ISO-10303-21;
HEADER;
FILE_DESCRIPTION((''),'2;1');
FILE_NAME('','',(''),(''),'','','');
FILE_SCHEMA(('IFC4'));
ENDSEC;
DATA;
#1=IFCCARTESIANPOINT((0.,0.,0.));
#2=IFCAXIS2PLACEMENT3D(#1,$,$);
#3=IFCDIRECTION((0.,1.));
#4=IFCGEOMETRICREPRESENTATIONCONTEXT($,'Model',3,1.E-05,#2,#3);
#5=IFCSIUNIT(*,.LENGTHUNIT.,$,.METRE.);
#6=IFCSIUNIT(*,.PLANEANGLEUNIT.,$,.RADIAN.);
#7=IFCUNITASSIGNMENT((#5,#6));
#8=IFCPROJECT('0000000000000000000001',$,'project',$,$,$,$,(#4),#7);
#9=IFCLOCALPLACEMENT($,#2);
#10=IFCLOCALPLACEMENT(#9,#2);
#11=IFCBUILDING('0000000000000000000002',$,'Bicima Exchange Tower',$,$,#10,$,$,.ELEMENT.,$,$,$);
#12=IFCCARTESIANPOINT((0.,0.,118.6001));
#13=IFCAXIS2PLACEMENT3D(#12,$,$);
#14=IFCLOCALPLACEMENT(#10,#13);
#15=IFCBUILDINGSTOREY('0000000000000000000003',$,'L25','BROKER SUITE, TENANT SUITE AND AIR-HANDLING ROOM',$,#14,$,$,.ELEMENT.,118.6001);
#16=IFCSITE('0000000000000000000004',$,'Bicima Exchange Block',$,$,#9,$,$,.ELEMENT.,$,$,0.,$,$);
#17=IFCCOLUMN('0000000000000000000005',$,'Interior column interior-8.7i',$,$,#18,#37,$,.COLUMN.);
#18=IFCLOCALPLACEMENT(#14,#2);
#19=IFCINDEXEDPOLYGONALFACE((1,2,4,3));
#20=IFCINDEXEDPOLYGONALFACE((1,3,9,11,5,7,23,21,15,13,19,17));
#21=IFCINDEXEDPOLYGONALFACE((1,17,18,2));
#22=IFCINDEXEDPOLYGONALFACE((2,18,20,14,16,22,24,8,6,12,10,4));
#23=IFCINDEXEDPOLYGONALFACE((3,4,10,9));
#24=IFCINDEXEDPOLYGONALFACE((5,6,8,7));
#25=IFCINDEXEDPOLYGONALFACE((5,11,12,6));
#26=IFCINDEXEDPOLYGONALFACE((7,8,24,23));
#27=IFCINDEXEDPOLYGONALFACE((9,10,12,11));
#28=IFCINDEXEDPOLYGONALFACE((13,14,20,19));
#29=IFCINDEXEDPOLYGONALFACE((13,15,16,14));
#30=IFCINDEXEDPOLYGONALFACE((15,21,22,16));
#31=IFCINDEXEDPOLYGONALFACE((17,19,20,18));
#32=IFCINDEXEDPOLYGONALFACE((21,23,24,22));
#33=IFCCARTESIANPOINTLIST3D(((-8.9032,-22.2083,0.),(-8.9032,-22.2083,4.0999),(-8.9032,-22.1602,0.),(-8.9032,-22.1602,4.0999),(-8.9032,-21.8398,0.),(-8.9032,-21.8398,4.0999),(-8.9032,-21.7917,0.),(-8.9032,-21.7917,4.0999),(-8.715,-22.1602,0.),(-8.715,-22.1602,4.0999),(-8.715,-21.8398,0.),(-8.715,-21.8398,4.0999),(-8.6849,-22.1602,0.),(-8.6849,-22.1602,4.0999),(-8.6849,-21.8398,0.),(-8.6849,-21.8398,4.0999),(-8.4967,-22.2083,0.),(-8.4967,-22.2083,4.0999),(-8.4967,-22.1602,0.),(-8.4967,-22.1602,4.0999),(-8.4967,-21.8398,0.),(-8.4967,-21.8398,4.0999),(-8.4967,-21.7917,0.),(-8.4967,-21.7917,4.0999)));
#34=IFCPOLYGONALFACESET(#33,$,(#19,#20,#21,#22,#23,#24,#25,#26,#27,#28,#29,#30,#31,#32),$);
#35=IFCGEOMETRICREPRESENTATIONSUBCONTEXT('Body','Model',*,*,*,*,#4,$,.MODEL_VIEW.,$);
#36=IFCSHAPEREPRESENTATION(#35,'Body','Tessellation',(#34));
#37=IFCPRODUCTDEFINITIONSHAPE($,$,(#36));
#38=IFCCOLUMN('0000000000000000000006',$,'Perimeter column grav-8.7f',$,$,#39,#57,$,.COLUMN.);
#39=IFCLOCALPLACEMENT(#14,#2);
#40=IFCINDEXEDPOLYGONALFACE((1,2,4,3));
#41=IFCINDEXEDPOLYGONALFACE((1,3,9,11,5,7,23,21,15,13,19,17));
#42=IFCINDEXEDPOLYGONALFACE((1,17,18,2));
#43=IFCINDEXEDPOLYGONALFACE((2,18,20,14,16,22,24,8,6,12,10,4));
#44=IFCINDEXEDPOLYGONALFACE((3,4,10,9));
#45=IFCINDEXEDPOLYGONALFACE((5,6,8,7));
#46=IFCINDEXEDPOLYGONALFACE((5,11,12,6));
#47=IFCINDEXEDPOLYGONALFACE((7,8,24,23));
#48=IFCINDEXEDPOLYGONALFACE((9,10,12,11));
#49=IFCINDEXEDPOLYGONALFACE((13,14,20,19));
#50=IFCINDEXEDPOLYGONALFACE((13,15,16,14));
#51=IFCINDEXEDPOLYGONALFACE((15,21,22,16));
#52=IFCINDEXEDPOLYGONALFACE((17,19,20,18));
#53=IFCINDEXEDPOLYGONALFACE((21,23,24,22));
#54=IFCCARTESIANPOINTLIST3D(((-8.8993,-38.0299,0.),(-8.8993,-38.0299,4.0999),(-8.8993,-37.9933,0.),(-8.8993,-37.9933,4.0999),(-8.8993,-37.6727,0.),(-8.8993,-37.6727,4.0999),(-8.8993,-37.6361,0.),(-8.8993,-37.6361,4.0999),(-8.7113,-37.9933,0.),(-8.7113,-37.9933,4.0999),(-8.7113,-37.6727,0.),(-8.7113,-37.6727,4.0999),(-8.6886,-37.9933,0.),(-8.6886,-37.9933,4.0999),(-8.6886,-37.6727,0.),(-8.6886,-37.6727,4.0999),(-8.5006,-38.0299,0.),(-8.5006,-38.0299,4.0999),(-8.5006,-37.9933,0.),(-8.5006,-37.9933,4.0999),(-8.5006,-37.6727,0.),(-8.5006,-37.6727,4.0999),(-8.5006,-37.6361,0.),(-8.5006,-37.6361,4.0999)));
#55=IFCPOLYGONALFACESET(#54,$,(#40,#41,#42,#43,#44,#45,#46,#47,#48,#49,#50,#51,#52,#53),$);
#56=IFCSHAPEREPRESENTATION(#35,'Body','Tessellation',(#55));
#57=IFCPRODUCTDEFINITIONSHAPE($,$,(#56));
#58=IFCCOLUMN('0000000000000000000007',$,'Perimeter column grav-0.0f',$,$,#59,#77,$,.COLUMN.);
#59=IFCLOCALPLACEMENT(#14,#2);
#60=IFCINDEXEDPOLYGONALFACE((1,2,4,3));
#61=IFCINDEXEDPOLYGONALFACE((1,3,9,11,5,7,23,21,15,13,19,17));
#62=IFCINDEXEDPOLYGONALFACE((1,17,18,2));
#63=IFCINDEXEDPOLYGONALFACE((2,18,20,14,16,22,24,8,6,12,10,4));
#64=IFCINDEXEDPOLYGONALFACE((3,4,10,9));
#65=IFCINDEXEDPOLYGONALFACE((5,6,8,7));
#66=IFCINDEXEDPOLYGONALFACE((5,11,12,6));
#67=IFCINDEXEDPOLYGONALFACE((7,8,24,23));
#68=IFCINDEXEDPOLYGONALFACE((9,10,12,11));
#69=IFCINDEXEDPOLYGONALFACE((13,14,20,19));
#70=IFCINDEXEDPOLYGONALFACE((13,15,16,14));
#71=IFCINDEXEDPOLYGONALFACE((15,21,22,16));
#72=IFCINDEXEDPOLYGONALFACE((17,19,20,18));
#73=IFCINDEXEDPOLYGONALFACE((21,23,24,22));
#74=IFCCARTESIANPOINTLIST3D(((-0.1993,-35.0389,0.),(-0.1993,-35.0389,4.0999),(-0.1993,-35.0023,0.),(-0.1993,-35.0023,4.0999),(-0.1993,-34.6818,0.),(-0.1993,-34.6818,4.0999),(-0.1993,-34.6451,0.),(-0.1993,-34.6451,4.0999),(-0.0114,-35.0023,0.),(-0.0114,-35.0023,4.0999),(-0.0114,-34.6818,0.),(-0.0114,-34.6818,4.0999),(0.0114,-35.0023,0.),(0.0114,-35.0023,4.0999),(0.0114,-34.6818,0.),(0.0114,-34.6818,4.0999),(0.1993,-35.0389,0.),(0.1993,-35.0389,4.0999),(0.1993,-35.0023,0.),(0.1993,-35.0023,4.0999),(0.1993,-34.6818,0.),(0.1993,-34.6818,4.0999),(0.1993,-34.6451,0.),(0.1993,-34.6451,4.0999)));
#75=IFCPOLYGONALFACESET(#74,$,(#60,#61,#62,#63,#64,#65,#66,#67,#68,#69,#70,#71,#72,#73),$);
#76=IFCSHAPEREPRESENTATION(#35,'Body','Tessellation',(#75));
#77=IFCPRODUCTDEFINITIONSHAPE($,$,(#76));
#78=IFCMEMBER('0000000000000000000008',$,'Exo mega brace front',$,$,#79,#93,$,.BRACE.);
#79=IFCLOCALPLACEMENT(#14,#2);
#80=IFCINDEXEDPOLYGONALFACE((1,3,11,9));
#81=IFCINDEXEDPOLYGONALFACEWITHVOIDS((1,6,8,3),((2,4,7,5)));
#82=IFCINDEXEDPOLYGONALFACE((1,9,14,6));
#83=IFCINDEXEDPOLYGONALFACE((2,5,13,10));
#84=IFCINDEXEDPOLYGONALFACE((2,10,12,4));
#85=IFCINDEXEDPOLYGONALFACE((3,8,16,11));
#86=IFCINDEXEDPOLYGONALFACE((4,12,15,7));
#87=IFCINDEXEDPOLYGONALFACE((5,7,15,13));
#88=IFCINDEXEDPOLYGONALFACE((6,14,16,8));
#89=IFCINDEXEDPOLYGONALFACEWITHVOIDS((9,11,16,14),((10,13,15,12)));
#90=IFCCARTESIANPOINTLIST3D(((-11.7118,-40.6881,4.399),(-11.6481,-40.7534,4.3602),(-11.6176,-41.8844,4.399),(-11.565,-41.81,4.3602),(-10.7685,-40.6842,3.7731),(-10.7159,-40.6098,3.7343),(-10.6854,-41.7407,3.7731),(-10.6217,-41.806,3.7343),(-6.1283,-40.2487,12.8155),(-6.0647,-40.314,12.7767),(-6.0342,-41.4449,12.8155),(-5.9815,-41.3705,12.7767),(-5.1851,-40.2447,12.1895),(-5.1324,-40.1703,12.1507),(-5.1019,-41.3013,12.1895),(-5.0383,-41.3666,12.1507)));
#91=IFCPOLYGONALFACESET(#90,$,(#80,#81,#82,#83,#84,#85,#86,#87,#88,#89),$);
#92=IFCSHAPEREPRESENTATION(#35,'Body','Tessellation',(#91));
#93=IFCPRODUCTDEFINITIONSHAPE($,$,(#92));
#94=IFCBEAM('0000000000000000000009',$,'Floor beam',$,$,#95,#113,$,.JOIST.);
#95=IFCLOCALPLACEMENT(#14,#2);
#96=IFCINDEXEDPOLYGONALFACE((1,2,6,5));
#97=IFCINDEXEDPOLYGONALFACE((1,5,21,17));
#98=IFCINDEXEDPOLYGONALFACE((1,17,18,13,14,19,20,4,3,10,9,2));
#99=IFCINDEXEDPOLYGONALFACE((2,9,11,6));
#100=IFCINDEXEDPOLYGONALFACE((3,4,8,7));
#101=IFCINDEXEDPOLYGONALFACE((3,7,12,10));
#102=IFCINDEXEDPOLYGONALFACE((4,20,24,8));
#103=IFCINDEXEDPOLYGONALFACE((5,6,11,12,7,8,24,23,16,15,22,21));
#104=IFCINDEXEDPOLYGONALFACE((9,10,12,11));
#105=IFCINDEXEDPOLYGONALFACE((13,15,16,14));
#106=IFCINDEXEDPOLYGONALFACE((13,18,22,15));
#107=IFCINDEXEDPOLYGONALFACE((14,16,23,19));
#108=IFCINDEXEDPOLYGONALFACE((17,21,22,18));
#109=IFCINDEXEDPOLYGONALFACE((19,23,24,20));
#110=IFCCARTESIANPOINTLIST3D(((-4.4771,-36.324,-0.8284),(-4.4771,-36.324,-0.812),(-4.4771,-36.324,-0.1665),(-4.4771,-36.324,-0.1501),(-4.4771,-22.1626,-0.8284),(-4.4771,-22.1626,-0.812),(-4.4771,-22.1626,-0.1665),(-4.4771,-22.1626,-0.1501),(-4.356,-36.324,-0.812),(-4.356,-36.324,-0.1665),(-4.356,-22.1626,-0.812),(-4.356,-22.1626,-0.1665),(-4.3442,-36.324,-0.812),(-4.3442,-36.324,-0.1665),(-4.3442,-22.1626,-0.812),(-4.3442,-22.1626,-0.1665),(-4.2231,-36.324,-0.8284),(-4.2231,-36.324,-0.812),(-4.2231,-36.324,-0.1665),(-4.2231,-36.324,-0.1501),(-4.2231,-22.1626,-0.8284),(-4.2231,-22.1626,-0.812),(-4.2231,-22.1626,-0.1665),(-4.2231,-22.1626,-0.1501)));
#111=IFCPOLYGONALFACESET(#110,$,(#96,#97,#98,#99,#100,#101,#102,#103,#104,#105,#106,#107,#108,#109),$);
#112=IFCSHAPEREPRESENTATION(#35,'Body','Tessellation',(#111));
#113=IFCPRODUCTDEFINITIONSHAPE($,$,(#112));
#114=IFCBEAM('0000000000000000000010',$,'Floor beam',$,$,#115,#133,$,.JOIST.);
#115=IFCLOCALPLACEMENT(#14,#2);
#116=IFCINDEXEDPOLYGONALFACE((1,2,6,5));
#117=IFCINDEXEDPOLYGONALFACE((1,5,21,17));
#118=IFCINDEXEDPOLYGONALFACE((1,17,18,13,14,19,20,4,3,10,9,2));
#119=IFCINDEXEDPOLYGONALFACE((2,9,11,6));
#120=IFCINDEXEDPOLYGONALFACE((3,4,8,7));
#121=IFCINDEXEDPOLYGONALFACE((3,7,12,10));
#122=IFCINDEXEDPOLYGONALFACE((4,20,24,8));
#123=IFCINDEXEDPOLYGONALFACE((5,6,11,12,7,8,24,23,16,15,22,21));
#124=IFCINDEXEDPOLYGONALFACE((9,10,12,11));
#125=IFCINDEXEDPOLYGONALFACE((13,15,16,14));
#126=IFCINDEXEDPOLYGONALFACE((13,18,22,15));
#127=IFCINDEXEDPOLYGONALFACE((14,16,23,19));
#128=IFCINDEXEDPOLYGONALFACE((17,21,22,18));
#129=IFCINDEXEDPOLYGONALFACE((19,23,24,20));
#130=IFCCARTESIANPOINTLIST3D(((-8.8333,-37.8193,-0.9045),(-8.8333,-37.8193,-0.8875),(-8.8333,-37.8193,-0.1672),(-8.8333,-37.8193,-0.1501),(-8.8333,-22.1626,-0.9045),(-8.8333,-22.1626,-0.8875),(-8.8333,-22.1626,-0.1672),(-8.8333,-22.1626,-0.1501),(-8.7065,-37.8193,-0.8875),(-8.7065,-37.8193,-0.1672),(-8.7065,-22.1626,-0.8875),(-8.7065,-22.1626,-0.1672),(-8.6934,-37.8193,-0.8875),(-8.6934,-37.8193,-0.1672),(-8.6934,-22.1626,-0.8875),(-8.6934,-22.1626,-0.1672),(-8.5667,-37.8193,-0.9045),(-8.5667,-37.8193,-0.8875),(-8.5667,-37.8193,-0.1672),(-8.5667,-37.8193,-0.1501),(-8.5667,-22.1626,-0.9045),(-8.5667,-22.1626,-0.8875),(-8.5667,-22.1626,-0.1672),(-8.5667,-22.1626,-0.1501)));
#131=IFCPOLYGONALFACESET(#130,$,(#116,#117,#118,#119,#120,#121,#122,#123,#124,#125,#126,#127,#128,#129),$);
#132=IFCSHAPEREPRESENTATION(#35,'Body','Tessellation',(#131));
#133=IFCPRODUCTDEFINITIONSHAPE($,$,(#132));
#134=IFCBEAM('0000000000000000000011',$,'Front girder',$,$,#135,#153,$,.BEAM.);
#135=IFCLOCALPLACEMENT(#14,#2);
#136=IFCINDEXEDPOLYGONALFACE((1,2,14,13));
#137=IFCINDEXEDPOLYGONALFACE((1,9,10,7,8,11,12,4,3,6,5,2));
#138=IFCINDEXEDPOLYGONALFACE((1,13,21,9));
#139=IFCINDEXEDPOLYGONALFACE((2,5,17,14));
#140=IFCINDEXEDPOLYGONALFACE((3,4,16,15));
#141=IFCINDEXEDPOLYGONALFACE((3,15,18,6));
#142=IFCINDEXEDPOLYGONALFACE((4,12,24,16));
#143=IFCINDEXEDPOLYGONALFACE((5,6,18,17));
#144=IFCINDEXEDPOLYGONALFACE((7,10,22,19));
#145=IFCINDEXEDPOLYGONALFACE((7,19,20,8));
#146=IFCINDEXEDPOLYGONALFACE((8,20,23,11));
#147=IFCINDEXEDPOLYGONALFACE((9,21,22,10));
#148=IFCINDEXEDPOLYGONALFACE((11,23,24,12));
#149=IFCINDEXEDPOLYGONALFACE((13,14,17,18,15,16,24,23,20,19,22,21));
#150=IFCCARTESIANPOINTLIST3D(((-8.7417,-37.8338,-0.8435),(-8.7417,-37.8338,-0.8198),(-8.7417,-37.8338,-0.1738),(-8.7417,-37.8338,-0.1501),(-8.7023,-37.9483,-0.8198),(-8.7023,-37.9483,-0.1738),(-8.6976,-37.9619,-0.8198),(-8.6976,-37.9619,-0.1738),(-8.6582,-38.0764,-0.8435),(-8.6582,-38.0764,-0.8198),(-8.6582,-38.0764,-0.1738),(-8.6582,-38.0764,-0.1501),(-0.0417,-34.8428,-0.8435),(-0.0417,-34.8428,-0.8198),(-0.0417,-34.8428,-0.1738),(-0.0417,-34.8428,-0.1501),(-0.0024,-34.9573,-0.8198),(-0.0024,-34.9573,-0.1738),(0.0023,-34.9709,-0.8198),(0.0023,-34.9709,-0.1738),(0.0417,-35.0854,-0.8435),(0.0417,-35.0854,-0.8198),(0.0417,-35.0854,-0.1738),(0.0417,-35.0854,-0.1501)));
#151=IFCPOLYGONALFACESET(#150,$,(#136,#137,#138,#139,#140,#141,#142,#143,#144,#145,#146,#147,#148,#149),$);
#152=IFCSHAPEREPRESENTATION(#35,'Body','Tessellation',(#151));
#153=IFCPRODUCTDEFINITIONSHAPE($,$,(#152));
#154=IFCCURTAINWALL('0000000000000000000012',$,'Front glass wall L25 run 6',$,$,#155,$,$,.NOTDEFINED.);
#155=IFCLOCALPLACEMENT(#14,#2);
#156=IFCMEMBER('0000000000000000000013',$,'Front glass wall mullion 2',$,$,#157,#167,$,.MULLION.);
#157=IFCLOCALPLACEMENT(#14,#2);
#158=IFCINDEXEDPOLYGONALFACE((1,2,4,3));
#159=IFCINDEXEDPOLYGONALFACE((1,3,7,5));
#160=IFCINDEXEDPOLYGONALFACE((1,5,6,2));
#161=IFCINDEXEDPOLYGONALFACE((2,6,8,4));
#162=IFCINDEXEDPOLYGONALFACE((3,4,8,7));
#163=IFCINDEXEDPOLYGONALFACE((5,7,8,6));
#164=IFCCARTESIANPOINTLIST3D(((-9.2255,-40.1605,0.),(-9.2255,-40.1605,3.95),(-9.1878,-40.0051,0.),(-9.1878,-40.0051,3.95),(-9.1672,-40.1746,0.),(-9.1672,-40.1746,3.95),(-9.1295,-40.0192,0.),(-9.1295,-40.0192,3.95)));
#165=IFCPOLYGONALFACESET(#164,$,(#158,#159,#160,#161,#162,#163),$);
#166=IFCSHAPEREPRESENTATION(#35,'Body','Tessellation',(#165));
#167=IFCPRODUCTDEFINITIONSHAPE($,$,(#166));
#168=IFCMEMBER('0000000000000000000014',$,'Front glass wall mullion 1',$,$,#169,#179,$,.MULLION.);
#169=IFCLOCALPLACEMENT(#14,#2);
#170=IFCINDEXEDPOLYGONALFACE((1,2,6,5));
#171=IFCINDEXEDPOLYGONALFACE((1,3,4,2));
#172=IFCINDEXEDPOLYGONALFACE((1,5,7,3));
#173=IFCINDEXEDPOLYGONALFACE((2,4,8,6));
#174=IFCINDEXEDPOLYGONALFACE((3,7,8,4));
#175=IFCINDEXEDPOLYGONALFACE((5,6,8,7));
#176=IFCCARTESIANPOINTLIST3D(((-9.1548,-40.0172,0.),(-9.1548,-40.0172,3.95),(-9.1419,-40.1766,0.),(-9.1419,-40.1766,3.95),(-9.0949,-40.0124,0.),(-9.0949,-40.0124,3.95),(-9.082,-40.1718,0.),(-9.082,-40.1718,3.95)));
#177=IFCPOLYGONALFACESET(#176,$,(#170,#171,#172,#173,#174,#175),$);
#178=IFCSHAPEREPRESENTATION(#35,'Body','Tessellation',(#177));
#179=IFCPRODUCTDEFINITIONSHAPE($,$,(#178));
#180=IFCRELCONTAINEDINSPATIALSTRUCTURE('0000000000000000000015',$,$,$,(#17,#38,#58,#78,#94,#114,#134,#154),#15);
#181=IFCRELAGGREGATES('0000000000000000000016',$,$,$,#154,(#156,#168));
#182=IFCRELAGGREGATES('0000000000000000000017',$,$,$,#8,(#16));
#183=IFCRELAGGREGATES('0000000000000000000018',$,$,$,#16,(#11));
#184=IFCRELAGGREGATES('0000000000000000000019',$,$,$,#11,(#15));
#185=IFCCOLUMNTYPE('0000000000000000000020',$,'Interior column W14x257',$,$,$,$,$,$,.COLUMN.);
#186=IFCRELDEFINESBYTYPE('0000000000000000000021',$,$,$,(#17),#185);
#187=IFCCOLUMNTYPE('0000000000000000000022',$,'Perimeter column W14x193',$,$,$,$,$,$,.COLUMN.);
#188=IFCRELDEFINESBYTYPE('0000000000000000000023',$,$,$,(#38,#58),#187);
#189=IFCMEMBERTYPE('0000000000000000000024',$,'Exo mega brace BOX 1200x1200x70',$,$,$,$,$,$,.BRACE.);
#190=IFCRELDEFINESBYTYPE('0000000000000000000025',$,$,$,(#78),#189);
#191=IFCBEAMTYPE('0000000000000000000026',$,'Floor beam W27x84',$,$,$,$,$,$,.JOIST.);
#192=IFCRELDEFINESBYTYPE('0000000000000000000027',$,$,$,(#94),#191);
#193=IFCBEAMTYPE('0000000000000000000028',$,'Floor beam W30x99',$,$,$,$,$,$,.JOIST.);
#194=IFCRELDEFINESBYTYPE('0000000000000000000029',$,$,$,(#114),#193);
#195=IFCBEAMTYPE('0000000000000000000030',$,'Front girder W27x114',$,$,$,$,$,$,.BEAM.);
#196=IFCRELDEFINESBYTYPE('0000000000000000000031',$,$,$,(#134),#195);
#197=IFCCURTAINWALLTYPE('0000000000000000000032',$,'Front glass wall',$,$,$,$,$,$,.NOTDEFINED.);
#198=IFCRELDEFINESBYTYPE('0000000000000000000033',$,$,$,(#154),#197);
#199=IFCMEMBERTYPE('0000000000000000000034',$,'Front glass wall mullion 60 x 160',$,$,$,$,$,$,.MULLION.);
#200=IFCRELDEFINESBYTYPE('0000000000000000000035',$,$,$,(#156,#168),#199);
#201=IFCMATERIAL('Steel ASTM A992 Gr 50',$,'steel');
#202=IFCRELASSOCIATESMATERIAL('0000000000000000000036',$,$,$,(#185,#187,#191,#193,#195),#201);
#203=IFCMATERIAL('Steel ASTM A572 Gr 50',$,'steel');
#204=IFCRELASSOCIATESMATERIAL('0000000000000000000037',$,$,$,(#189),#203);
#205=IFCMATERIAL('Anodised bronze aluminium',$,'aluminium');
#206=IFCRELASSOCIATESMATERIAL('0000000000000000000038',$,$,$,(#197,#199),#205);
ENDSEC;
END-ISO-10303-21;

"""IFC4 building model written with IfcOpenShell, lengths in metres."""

from ifc_helpers import new_model, si_unit, direction, frame, origin, origin_2d, place, context, subcontext, project, spatial, rectangle, hollow_rectangle, i_section, extrude, material, material_profile, profile_set, type_object, element, aggregate, save


model = new_model("IFC4")

# Units and contexts
model_context = context("Model", 3, precision=1e-05, world=origin(), true_north=direction((0.0, 1.0)))
body_context = subcontext(model_context, "Body", "Model", "MODEL_VIEW")
ifc_project = project(units=[si_unit("LENGTHUNIT", "METRE"), si_unit("PLANEANGLEUNIT", "RADIAN")], contexts=[model_context])

# Site, building, storey
site_placement = place(None, origin())
site = spatial("IfcSite", under=ifc_project, at=site_placement, Name="Bicima Exchange Block", CompositionType="ELEMENT", RefElevation=0.0)
building_placement = place(site_placement, origin())
building = spatial("IfcBuilding", under=site, at=building_placement, Name="Bicima Exchange Tower", CompositionType="ELEMENT")
storey_placement = place(building_placement, frame((0.0, 0.0, 118.6001)))
storey = spatial("IfcBuildingStorey", under=building, at=storey_placement, Name="L25", Description="BROKER SUITE, TENANT SUITE AND AIR-HANDLING ROOM", CompositionType="ELEMENT", Elevation=118.6001)

# Columns
ifc_material_1 = material(Name="Steel ASTM A992 Gr 50", Category="steel")
ifc_material_profile_1 = material_profile(ifc_material_1, i_section(OverallWidth=0.4065, OverallDepth=0.4165, WebThickness=0.03, FlangeThickness=0.0481, at=origin_2d()))
ifc_profile_set_1 = profile_set([ifc_material_profile_1], Name="Steel ASTM A992 Gr 50")
column_type_1 = type_object("IfcColumnType", Name="Interior column W14x257", PredefinedType="COLUMN", material=ifc_profile_set_1)
column_placement = place(storey_placement, frame((-8.7, -22.0, 0.0), z_axis=(0.0, 0.0, 1.0), x_axis=(1.0, 0.0, 0.0)))
element("IfcColumn", 1, at=column_placement, inside=storey, type_object=column_type_1, Name="Interior column interior-8.7i", PredefinedType="COLUMN", context=body_context, shape_type="SweptSolid", body=[
    extrude(i_section(OverallWidth=0.4065, OverallDepth=0.4165, WebThickness=0.03, FlangeThickness=0.0481, at=origin_2d()), origin(), (0.0, 0.0, 1.0), 4.0999),
])
ifc_material_profile_2 = material_profile(ifc_material_1, i_section(OverallWidth=0.3987, OverallDepth=0.3938, WebThickness=0.0227, FlangeThickness=0.0366, at=origin_2d()))
ifc_profile_set_2 = profile_set([ifc_material_profile_2], Name="Steel ASTM A992 Gr 50")
column_type_2 = type_object("IfcColumnType", Name="Perimeter column W14x193", PredefinedType="COLUMN", material=ifc_profile_set_2)
for number, where, z_axis, x_axis, name in (
    (2, (-8.7, -37.833, 0.0), (0.0, 0.0, 1.0), (1.0, 0.0, 0.0), "Perimeter column grav-8.7f"),
    (3, (0.0, -34.842, 0.0), (0.0, 0.0, 1.0), (1.0, 0.0, 0.0), "Perimeter column grav-0.0f"),
):
    element("IfcColumn", number, at=place(storey_placement, frame(where, z_axis=z_axis, x_axis=x_axis)), inside=storey, type_object=column_type_2, Name=name, PredefinedType="COLUMN", context=body_context, shape_type="SweptSolid", body=[
        extrude(i_section(OverallWidth=0.3987, OverallDepth=0.3938, WebThickness=0.0227, FlangeThickness=0.0366, at=origin_2d()), origin(), (0.0, 0.0, 1.0), 4.0999),
    ])

# Member
ifc_material_2 = material(Name="Steel ASTM A572 Gr 50", Category="steel")
ifc_material_profile_3 = material_profile(ifc_material_2, hollow_rectangle(XDim=1.2, YDim=1.2, WallThickness=0.0701, at=origin_2d()))
ifc_profile_set_3 = profile_set([ifc_material_profile_3], Name="Steel ASTM A572 Gr 50")
member_type_1 = type_object("IfcMemberType", Name="Exo mega brace BOX 1200x1200x70", PredefinedType="BRACE", material=ifc_profile_set_3)
member_1_placement = place(storey_placement, frame((-11.1667, -41.2471, 4.0667), z_axis=(0.552291, 0.043468, 0.832517), x_axis=(-0.078463, 0.996917, 0.0)))
element("IfcMember", 4, at=member_1_placement, inside=storey, type_object=member_type_1, Name="Exo mega brace front", PredefinedType="BRACE", context=body_context, shape_type="SweptSolid", body=[
    extrude(hollow_rectangle(XDim=1.2, YDim=1.2, WallThickness=0.0701, at=origin_2d()), origin(), (0.0, 0.0, 1.0), 10.1096),
])

# Beams
ifc_material_profile_4 = material_profile(ifc_material_1, i_section(OverallWidth=0.2539, OverallDepth=0.6782, WebThickness=0.0117, FlangeThickness=0.0164, at=origin_2d()))
ifc_profile_set_4 = profile_set([ifc_material_profile_4], Name="Steel ASTM A992 Gr 50")
beam_type_1 = type_object("IfcBeamType", Name="Floor beam W27x84", PredefinedType="JOIST", material=ifc_profile_set_4)
beam_1_placement = place(storey_placement, frame((-4.3501, -22.1626, -0.4893), z_axis=(0.0, -1.0, 0.0), x_axis=(1.0, 0.0, 0.0)))
element("IfcBeam", 5, at=beam_1_placement, inside=storey, type_object=beam_type_1, Name="Floor beam", PredefinedType="JOIST", context=body_context, shape_type="SweptSolid", body=[
    extrude(i_section(OverallWidth=0.2539, OverallDepth=0.6782, WebThickness=0.0117, FlangeThickness=0.0164, at=origin_2d()), origin(), (0.0, 0.0, 1.0), 14.1614),
])
ifc_material_profile_5 = material_profile(ifc_material_1, i_section(OverallWidth=0.2666, OverallDepth=0.7544, WebThickness=0.0132, FlangeThickness=0.0171, at=origin_2d()))
ifc_profile_set_5 = profile_set([ifc_material_profile_5], Name="Steel ASTM A992 Gr 50")
beam_type_2 = type_object("IfcBeamType", Name="Floor beam W30x99", PredefinedType="JOIST", material=ifc_profile_set_5)
beam_2_placement = place(storey_placement, frame((-8.7, -22.1626, -0.5273), z_axis=(0.0, -1.0, 0.0), x_axis=(1.0, 0.0, 0.0)))
element("IfcBeam", 6, at=beam_2_placement, inside=storey, type_object=beam_type_2, Name="Floor beam", PredefinedType="JOIST", context=body_context, shape_type="SweptSolid", body=[
    extrude(i_section(OverallWidth=0.2666, OverallDepth=0.7544, WebThickness=0.0132, FlangeThickness=0.0171, at=origin_2d()), origin(), (0.0, 0.0, 1.0), 15.6567),
])
ifc_material_profile_6 = material_profile(ifc_material_1, i_section(OverallWidth=0.2566, OverallDepth=0.6934, WebThickness=0.0144, FlangeThickness=0.0237, at=origin_2d()))
ifc_profile_set_6 = profile_set([ifc_material_profile_6], Name="Steel ASTM A992 Gr 50")
beam_type_3 = type_object("IfcBeamType", Name="Front girder W27x114", PredefinedType="BEAM", material=ifc_profile_set_6)
beam_3_placement = place(storey_placement, frame((-8.7, -37.9551, -0.4968), z_axis=(0.945675, 0.325115, 0.0), x_axis=(-0.325115, 0.945675, 0.0)))
element("IfcBeam", 7, at=beam_3_placement, inside=storey, type_object=beam_type_3, Name="Front girder", PredefinedType="BEAM", context=body_context, shape_type="SweptSolid", body=[
    extrude(i_section(OverallWidth=0.2566, OverallDepth=0.6934, WebThickness=0.0144, FlangeThickness=0.0237, at=origin_2d()), origin(), (0.0, 0.0, 1.0), 9.1997),
])

# Curtain wall, members
ifc_material_3 = material(Name="Anodised bronze aluminium", Category="aluminium")
curtain_wall_type = type_object("IfcCurtainWallType", Name="Front glass wall", PredefinedType="NOTDEFINED", material=ifc_material_3)
curtain_wall_placement = place(storey_placement, origin())
curtain_wall = element("IfcCurtainWall", 8, at=curtain_wall_placement, inside=storey, type_object=curtain_wall_type, Name="Front glass wall L25 run 6", PredefinedType="NOTDEFINED")
ifc_material_profile_7 = material_profile(ifc_material_3, rectangle(XDim=0.1599, YDim=0.0601, at=origin_2d()))
ifc_profile_set_7 = profile_set([ifc_material_profile_7], Name="Anodised bronze aluminium")
member_type_2 = type_object("IfcMemberType", Name="Front glass wall mullion 60 x 160", PredefinedType="MULLION", material=ifc_profile_set_7)
member_2_placement = place(storey_placement, frame((-9.1775, -40.0898, 0.0), z_axis=(0.0, 0.0, 1.0), x_axis=(0.235682, 0.97183, 0.0)))
member_2 = element("IfcMember", 9, at=member_2_placement, type_object=member_type_2, Name="Front glass wall mullion 2", PredefinedType="MULLION", context=body_context, shape_type="SweptSolid", body=[
    extrude(rectangle(XDim=0.1599, YDim=0.0601, at=origin_2d()), origin(), (0.0, 0.0, 1.0), 3.95),
])
member_3_placement = place(storey_placement, frame((-9.1184, -40.0945, 0.0), z_axis=(0.0, 0.0, 1.0), x_axis=(-0.080589, 0.996747, 0.0)))
member_3 = element("IfcMember", 10, at=member_3_placement, type_object=member_type_2, Name="Front glass wall mullion 1", PredefinedType="MULLION", context=body_context, shape_type="SweptSolid", body=[
    extrude(rectangle(XDim=0.1599, YDim=0.0601, at=origin_2d()), origin(), (0.0, 0.0, 1.0), 3.95),
])

aggregate(curtain_wall, [member_2, member_3])

save(model, "model.ifc")
